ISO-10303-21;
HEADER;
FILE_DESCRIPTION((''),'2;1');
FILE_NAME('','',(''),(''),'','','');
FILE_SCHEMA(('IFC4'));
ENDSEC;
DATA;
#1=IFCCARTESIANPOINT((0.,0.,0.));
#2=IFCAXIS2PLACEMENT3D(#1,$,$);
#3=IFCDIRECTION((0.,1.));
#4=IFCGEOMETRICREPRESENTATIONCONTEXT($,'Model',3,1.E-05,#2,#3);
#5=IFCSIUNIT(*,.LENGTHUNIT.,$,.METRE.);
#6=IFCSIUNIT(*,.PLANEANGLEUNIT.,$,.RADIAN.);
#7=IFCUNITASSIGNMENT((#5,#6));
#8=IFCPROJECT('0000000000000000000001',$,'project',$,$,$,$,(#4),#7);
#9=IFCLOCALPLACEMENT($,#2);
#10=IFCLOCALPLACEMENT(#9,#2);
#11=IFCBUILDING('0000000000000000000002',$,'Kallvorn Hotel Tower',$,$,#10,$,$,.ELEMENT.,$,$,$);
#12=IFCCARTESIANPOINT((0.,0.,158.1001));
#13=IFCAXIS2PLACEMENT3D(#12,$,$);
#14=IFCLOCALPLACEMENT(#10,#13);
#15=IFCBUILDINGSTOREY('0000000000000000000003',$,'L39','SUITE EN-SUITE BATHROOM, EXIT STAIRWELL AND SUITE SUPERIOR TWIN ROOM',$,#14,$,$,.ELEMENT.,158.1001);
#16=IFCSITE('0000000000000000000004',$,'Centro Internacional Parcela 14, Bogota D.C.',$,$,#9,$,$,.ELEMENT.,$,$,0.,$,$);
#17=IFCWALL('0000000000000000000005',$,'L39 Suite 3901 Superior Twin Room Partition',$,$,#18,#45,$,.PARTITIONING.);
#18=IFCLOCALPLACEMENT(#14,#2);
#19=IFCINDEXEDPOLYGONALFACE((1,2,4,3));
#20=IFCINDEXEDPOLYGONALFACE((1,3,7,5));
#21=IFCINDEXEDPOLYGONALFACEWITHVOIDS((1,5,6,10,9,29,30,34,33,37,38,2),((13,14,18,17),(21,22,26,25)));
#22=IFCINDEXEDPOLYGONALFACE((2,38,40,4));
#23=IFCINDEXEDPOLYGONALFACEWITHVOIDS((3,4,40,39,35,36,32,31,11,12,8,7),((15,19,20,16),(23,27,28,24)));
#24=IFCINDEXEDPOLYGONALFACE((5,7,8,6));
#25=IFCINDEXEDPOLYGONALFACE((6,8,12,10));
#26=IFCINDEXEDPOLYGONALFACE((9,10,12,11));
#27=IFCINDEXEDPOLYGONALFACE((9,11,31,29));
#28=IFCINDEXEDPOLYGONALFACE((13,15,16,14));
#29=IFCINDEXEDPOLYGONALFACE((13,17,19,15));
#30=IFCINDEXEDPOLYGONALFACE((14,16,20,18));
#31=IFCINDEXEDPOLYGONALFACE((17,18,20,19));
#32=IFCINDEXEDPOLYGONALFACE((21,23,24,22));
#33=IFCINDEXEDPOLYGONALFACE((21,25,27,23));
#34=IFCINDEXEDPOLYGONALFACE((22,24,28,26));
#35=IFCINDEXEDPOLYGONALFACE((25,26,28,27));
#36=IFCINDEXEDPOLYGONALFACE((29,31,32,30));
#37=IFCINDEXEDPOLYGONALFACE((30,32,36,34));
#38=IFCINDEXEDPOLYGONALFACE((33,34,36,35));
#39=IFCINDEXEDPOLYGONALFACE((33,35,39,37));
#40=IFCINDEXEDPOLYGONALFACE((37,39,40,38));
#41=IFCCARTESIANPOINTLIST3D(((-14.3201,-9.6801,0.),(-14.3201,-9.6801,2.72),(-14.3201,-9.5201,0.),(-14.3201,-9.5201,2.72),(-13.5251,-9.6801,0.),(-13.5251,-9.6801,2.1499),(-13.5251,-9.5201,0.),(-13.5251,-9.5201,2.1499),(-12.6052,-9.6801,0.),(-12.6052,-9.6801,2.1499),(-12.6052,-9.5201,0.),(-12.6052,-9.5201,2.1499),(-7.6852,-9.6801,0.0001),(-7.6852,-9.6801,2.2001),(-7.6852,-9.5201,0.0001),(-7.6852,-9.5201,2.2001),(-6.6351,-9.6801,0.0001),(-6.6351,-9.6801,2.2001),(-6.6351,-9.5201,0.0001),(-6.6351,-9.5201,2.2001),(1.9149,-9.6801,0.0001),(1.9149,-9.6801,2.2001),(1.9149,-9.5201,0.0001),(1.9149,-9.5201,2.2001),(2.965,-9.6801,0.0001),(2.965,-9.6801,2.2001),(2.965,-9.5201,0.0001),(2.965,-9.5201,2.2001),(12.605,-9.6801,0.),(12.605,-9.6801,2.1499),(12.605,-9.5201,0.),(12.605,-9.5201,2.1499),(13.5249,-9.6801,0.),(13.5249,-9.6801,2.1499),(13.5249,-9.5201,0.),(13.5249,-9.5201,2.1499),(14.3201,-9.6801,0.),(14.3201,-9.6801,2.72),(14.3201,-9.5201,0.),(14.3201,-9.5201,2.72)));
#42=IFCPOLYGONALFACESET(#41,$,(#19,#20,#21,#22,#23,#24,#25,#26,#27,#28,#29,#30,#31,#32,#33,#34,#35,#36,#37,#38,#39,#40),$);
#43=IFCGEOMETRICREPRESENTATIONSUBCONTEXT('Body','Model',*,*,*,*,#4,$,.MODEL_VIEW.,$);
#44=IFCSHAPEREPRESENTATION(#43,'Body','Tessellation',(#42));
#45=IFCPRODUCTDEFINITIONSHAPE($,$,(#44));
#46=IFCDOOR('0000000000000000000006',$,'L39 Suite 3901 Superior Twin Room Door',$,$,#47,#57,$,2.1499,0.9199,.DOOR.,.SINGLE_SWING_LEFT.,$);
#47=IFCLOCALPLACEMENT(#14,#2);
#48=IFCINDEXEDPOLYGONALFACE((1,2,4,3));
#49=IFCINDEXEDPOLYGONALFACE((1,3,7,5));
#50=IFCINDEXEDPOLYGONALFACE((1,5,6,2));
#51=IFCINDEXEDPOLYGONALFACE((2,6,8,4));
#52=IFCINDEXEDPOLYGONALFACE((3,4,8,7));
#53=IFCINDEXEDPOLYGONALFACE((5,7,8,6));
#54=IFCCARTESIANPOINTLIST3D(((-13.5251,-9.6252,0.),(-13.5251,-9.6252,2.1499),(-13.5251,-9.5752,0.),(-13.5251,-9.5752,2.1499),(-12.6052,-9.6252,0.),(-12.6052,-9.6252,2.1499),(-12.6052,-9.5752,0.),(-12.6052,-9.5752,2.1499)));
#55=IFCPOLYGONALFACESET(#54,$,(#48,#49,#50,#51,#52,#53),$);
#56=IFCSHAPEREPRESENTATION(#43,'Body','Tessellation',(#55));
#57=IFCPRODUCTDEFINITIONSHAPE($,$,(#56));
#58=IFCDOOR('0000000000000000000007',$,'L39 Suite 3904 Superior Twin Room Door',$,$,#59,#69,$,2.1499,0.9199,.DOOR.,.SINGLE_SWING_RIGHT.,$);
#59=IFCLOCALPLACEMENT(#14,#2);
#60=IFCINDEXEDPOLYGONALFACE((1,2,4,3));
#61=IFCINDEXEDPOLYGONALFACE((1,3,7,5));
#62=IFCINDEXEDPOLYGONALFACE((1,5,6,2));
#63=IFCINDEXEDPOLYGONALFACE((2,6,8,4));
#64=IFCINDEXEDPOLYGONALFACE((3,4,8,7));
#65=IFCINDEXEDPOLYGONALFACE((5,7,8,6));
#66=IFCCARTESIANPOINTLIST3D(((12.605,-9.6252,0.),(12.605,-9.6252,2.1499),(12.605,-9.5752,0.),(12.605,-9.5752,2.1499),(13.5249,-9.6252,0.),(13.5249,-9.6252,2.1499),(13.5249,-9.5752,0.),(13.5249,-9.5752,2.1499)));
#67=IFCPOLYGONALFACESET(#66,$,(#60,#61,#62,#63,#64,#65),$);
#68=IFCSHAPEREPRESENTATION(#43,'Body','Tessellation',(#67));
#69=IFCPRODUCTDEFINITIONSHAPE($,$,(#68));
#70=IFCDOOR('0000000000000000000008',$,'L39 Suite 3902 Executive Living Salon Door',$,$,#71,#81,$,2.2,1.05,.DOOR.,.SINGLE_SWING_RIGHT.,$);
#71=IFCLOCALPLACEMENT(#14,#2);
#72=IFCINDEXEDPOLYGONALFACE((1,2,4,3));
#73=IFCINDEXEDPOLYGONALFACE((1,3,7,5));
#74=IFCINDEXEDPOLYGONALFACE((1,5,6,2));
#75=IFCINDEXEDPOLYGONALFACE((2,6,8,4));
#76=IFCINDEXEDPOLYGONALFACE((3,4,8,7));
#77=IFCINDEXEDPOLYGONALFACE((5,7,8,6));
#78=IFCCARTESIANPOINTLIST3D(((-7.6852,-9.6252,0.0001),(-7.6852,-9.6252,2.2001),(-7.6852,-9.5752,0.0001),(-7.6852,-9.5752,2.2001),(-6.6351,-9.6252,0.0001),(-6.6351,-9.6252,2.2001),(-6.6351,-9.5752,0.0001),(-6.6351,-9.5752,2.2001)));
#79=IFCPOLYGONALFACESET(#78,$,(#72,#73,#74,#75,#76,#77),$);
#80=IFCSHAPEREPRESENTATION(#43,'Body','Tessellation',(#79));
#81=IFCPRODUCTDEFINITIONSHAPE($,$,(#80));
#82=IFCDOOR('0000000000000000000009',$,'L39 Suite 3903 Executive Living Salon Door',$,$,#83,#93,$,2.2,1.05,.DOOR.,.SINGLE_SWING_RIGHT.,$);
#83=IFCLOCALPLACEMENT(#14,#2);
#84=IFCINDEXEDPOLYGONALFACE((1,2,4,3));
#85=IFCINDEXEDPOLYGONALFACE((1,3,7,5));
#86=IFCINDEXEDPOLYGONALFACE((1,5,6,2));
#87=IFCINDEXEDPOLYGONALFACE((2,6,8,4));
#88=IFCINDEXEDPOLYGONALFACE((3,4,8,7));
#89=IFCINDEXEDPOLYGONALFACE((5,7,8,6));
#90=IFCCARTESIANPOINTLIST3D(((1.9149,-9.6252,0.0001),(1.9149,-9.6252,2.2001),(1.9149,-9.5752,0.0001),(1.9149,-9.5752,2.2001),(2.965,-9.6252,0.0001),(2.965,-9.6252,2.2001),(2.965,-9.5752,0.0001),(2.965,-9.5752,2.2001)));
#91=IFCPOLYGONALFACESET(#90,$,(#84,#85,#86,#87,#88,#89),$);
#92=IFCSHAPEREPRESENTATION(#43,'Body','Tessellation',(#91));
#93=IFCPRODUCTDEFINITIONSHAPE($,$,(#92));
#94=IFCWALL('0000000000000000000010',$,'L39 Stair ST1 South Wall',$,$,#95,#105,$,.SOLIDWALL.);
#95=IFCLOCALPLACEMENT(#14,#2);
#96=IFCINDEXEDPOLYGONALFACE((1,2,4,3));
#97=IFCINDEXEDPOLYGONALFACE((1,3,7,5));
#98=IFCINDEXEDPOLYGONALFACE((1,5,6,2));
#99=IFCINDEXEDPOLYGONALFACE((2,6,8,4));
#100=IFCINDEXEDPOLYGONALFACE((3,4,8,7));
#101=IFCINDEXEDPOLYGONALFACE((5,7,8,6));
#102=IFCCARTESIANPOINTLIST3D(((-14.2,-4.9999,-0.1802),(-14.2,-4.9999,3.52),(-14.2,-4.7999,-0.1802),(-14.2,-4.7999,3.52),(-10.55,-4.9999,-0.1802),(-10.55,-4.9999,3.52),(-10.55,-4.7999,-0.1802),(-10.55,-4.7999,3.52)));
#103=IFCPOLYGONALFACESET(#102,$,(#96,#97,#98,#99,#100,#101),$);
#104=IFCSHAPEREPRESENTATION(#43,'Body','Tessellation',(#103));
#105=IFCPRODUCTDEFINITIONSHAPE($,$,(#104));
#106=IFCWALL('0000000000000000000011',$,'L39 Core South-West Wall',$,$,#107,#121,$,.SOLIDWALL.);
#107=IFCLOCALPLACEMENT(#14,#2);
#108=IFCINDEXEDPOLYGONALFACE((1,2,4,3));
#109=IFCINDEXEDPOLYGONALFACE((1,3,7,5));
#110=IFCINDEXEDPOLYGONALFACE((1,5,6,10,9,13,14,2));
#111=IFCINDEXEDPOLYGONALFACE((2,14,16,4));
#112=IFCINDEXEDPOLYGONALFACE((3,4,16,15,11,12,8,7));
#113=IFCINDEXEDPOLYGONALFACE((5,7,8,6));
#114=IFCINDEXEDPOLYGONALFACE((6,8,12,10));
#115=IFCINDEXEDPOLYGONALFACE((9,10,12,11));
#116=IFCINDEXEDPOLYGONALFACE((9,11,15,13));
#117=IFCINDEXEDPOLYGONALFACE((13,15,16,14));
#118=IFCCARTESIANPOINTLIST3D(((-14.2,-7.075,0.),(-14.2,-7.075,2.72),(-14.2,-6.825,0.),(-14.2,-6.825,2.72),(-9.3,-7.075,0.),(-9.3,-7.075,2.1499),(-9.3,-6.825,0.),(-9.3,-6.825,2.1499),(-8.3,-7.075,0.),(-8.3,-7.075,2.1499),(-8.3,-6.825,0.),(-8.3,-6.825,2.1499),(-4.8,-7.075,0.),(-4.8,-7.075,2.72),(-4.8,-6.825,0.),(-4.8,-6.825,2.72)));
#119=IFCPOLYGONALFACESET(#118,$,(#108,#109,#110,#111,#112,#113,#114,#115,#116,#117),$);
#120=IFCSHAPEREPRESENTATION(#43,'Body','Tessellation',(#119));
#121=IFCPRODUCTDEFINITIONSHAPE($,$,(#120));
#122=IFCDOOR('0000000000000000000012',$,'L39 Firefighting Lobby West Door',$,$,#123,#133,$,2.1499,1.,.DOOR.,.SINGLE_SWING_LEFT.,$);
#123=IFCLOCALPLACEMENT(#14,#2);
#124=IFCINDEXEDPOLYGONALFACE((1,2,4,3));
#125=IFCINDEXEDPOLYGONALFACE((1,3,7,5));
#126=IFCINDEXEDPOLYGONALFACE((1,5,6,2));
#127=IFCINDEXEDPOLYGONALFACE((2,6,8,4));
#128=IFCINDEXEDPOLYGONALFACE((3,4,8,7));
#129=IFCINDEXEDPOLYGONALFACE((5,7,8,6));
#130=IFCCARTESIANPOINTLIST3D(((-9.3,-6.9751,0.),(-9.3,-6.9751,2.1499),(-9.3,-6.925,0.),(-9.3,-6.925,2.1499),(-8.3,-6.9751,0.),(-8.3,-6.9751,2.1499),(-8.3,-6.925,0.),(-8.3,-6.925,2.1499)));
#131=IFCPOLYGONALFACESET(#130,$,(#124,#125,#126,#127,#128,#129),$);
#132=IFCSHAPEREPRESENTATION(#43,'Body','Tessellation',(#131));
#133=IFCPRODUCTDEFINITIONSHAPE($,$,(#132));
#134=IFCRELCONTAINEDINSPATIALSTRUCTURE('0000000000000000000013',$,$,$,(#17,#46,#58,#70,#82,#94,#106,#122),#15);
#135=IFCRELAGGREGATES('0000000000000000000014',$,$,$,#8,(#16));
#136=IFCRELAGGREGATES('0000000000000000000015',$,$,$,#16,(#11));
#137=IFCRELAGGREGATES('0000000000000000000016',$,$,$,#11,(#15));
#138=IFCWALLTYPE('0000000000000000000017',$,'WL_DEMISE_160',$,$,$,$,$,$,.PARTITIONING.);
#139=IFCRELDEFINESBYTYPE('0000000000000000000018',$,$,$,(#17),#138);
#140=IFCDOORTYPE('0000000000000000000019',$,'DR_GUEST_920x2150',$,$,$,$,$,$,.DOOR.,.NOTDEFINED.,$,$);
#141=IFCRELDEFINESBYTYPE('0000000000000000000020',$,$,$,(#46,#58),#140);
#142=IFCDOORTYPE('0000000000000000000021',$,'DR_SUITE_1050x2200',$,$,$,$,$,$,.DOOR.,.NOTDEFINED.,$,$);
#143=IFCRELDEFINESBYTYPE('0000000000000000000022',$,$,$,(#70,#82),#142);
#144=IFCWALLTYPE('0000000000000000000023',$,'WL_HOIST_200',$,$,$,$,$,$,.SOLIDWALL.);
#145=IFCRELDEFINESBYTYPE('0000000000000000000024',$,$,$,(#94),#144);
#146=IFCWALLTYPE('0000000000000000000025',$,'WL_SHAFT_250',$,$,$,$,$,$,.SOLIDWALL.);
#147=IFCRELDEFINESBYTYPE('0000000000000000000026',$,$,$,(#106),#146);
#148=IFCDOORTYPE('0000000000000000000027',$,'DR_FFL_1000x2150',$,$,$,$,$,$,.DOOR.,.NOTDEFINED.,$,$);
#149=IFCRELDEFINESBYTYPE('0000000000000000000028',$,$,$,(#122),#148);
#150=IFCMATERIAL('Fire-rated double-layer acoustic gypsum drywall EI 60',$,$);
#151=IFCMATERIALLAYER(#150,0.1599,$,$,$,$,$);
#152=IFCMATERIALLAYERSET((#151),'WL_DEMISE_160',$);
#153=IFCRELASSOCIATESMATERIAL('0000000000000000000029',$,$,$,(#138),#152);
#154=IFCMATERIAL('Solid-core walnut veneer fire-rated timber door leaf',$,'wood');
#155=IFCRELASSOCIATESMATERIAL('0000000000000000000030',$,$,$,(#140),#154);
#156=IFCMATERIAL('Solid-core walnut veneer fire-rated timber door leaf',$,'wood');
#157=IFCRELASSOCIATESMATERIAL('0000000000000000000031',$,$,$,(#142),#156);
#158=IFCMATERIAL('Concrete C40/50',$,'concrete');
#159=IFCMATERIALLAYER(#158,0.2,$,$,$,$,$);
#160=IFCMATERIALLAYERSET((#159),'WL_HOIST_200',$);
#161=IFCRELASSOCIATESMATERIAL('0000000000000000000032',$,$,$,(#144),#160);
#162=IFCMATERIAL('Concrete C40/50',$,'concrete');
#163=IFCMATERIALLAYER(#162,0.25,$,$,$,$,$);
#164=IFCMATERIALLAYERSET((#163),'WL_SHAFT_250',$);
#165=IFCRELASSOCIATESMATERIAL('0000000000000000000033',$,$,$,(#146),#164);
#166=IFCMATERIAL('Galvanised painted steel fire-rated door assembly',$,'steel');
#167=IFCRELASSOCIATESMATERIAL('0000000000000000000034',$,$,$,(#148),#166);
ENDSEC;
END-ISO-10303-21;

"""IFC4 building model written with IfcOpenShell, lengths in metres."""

from ifc_helpers import new_model, si_unit, direction, frame, frame_2d, origin, place, context, subcontext, project, spatial, rectangle, extrude, material, layer, layer_set, type_object, element, fill, save


model = new_model("IFC4")

# Units and contexts
model_context = context("Model", 3, precision=1e-05, world=origin(), true_north=direction((0.0, 1.0)))
body_context = subcontext(model_context, "Body", "Model", "MODEL_VIEW")
ifc_project = project(units=[si_unit("LENGTHUNIT", "METRE"), si_unit("PLANEANGLEUNIT", "RADIAN")], contexts=[model_context])

# Site, building, storey
site_placement = place(None, origin())
site = spatial("IfcSite", under=ifc_project, at=site_placement, Name="Centro Internacional Parcela 14, Bogota D.C.", CompositionType="ELEMENT", RefElevation=0.0)
building_placement = place(site_placement, origin())
building = spatial("IfcBuilding", under=site, at=building_placement, Name="Kallvorn Hotel Tower", CompositionType="ELEMENT")
storey_placement = place(building_placement, frame((0.0, 0.0, 158.1001)))
storey = spatial("IfcBuildingStorey", under=building, at=storey_placement, Name="L39", Description="SUITE EN-SUITE BATHROOM, EXIT STAIRWELL AND SUITE SUPERIOR TWIN ROOM", CompositionType="ELEMENT", Elevation=158.1001)

# Wall, openings, doors
ifc_material_1 = material(Name="Fire-rated double-layer acoustic gypsum drywall EI 60")
ifc_layer_1 = layer(ifc_material_1, 0.1599)
ifc_layer_set_1 = layer_set([ifc_layer_1], Name="WL_DEMISE_160")
wall_type_1 = type_object("IfcWallType", Name="WL_DEMISE_160", PredefinedType="PARTITIONING", material=ifc_layer_set_1)
wall_1_placement = place(storey_placement, frame((-14.3201, -9.6001, 0.0), z_axis=(0.0, 0.0, 1.0), x_axis=(1.0, 0.0, 0.0)))
wall_1 = element("IfcWall", 1, at=wall_1_placement, inside=storey, type_object=wall_type_1, Name="L39 Suite 3901 Superior Twin Room Partition", PredefinedType="PARTITIONING", context=body_context, shape_type="SweptSolid", body=[
    extrude(rectangle(XDim=28.6401, YDim=0.1599, at=frame_2d((14.3201, 0.0))), origin(), (0.0, 0.0, 1.0), 2.72),
])
opening_1_placement = place(wall_1_placement, frame((0.7949, 0.0, 0.0)))
opening_1 = element("IfcOpeningElement", 2, at=opening_1_placement, cuts=wall_1, PredefinedType="OPENING", context=body_context, shape_type="SweptSolid", body=[
    extrude(rectangle(XDim=0.9199, YDim=2.1499, at=frame_2d((0.46, 1.075))), frame((0.0, 0.095, 0.0), z_axis=(0.0, -1.0, 0.0), x_axis=(1.0, 0.0, 0.0)), (0.0, 0.0, 1.0), 0.1899),
])
opening_2_placement = place(wall_1_placement, frame((6.635, 0.0, 0.0)))
opening_2 = element("IfcOpeningElement", 3, at=opening_2_placement, cuts=wall_1, PredefinedType="OPENING", context=body_context, shape_type="SweptSolid", body=[
    extrude(rectangle(XDim=1.05, YDim=2.2, at=frame_2d((0.5249, 1.1001))), frame((0.0, 0.095, 0.0), z_axis=(0.0, -1.0, 0.0), x_axis=(1.0, 0.0, 0.0)), (0.0, 0.0, 1.0), 0.1899),
])
opening_3_placement = place(wall_1_placement, frame((16.2351, 0.0, 0.0)))
opening_3 = element("IfcOpeningElement", 4, at=opening_3_placement, cuts=wall_1, PredefinedType="OPENING", context=body_context, shape_type="SweptSolid", body=[
    extrude(rectangle(XDim=1.05, YDim=2.2, at=frame_2d((0.5249, 1.1001))), frame((0.0, 0.095, 0.0), z_axis=(0.0, -1.0, 0.0), x_axis=(1.0, 0.0, 0.0)), (0.0, 0.0, 1.0), 0.1899),
])
opening_4_placement = place(wall_1_placement, frame((26.925, 0.0, 0.0)))
opening_4 = element("IfcOpeningElement", 5, at=opening_4_placement, cuts=wall_1, PredefinedType="OPENING", context=body_context, shape_type="SweptSolid", body=[
    extrude(rectangle(XDim=0.9199, YDim=2.1499, at=frame_2d((0.46, 1.075))), frame((0.0, 0.095, 0.0), z_axis=(0.0, -1.0, 0.0), x_axis=(1.0, 0.0, 0.0)), (0.0, 0.0, 1.0), 0.1899),
])
ifc_material_2 = material(Name="Solid-core walnut veneer fire-rated timber door leaf", Category="wood")
door_type_1 = type_object("IfcDoorType", Name="DR_GUEST_920x2150", OperationType="NOTDEFINED", PredefinedType="DOOR", material=ifc_material_2)
door_1_placement = place(opening_1_placement, origin())
door_1 = element("IfcDoor", 6, at=door_1_placement, inside=storey, type_object=door_type_1, Name="L39 Suite 3901 Superior Twin Room Door", OperationType="SINGLE_SWING_LEFT", OverallHeight=2.1499, OverallWidth=0.9199, PredefinedType="DOOR", context=body_context, shape_type="SweptSolid", body=[
    extrude(rectangle(XDim=0.9199, YDim=2.1499, at=frame_2d((0.46, 1.075))), frame((0.0, 0.0249, 0.0), z_axis=(0.0, -1.0, 0.0), x_axis=(1.0, 0.0, 0.0)), (0.0, 0.0, 1.0), 0.05),
])
fill(opening_1, door_1)
door_2_placement = place(opening_4_placement, origin())
door_2 = element("IfcDoor", 7, at=door_2_placement, inside=storey, type_object=door_type_1, Name="L39 Suite 3904 Superior Twin Room Door", OperationType="SINGLE_SWING_RIGHT", OverallHeight=2.1499, OverallWidth=0.9199, PredefinedType="DOOR", context=body_context, shape_type="SweptSolid", body=[
    extrude(rectangle(XDim=0.9199, YDim=2.1499, at=frame_2d((0.46, 1.075))), frame((0.0, 0.0249, 0.0), z_axis=(0.0, -1.0, 0.0), x_axis=(1.0, 0.0, 0.0)), (0.0, 0.0, 1.0), 0.05),
])
fill(opening_4, door_2)
ifc_material_3 = material(Name="Solid-core walnut veneer fire-rated timber door leaf", Category="wood")
door_type_2 = type_object("IfcDoorType", Name="DR_SUITE_1050x2200", OperationType="NOTDEFINED", PredefinedType="DOOR", material=ifc_material_3)
door_3_placement = place(opening_2_placement, origin())
door_3 = element("IfcDoor", 8, at=door_3_placement, inside=storey, type_object=door_type_2, Name="L39 Suite 3902 Executive Living Salon Door", OperationType="SINGLE_SWING_RIGHT", OverallHeight=2.2, OverallWidth=1.05, PredefinedType="DOOR", context=body_context, shape_type="SweptSolid", body=[
    extrude(rectangle(XDim=1.05, YDim=2.2, at=frame_2d((0.5249, 1.1001))), frame((0.0, 0.0249, 0.0), z_axis=(0.0, -1.0, 0.0), x_axis=(1.0, 0.0, 0.0)), (0.0, 0.0, 1.0), 0.05),
])
fill(opening_2, door_3)
door_4_placement = place(opening_3_placement, origin())
door_4 = element("IfcDoor", 9, at=door_4_placement, inside=storey, type_object=door_type_2, Name="L39 Suite 3903 Executive Living Salon Door", OperationType="SINGLE_SWING_RIGHT", OverallHeight=2.2, OverallWidth=1.05, PredefinedType="DOOR", context=body_context, shape_type="SweptSolid", body=[
    extrude(rectangle(XDim=1.05, YDim=2.2, at=frame_2d((0.5249, 1.1001))), frame((0.0, 0.0249, 0.0), z_axis=(0.0, -1.0, 0.0), x_axis=(1.0, 0.0, 0.0)), (0.0, 0.0, 1.0), 0.05),
])
fill(opening_3, door_4)

# Wall
ifc_material_4 = material(Name="Concrete C40/50", Category="concrete")
ifc_layer_2 = layer(ifc_material_4, 0.2)
ifc_layer_set_2 = layer_set([ifc_layer_2], Name="WL_HOIST_200")
wall_type_2 = type_object("IfcWallType", Name="WL_HOIST_200", PredefinedType="SOLIDWALL", material=ifc_layer_set_2)
wall_2_placement = place(storey_placement, frame((-14.2, -4.8999, -0.1802), z_axis=(0.0, 0.0, 1.0), x_axis=(1.0, 0.0, 0.0)))
element("IfcWall", 10, at=wall_2_placement, inside=storey, type_object=wall_type_2, Name="L39 Stair ST1 South Wall", PredefinedType="SOLIDWALL", context=body_context, shape_type="SweptSolid", body=[
    extrude(rectangle(XDim=3.6499, YDim=0.2, at=frame_2d((1.825, 0.0))), origin(), (0.0, 0.0, 1.0), 3.7002),
])

# Wall, opening, door
ifc_material_5 = material(Name="Concrete C40/50", Category="concrete")
ifc_layer_3 = layer(ifc_material_5, 0.25)
ifc_layer_set_3 = layer_set([ifc_layer_3], Name="WL_SHAFT_250")
wall_type_3 = type_object("IfcWallType", Name="WL_SHAFT_250", PredefinedType="SOLIDWALL", material=ifc_layer_set_3)
wall_3_placement = place(storey_placement, frame((-14.2, -6.95, 0.0), z_axis=(0.0, 0.0, 1.0), x_axis=(1.0, 0.0, 0.0)))
wall_3 = element("IfcWall", 11, at=wall_3_placement, inside=storey, type_object=wall_type_3, Name="L39 Core South-West Wall", PredefinedType="SOLIDWALL", context=body_context, shape_type="SweptSolid", body=[
    extrude(rectangle(XDim=9.3999, YDim=0.25, at=frame_2d((4.7, 0.0))), origin(), (0.0, 0.0, 1.0), 2.72),
])
opening_5_placement = place(wall_3_placement, frame((4.8999, 0.0, 0.0)))
opening_5 = element("IfcOpeningElement", 12, at=opening_5_placement, cuts=wall_3, PredefinedType="OPENING", context=body_context, shape_type="SweptSolid", body=[
    extrude(rectangle(XDim=1.0, YDim=2.1499, at=frame_2d((0.5, 1.075))), frame((0.0, 0.1399, 0.0), z_axis=(0.0, -1.0, 0.0), x_axis=(1.0, 0.0, 0.0)), (0.0, 0.0, 1.0), 0.28),
])
ifc_material_6 = material(Name="Galvanised painted steel fire-rated door assembly", Category="steel")
door_type_3 = type_object("IfcDoorType", Name="DR_FFL_1000x2150", OperationType="NOTDEFINED", PredefinedType="DOOR", material=ifc_material_6)
door_5_placement = place(opening_5_placement, origin())
door_5 = element("IfcDoor", 13, at=door_5_placement, inside=storey, type_object=door_type_3, Name="L39 Firefighting Lobby West Door", OperationType="SINGLE_SWING_LEFT", OverallHeight=2.1499, OverallWidth=1.0, PredefinedType="DOOR", context=body_context, shape_type="SweptSolid", body=[
    extrude(rectangle(XDim=1.0, YDim=2.1499, at=frame_2d((0.5, 1.075))), frame((0.0, 0.0249, 0.0), z_axis=(0.0, -1.0, 0.0), x_axis=(1.0, 0.0, 0.0)), (0.0, 0.0, 1.0), 0.05),
])
fill(opening_5, door_5)

save(model, "model.ifc")
